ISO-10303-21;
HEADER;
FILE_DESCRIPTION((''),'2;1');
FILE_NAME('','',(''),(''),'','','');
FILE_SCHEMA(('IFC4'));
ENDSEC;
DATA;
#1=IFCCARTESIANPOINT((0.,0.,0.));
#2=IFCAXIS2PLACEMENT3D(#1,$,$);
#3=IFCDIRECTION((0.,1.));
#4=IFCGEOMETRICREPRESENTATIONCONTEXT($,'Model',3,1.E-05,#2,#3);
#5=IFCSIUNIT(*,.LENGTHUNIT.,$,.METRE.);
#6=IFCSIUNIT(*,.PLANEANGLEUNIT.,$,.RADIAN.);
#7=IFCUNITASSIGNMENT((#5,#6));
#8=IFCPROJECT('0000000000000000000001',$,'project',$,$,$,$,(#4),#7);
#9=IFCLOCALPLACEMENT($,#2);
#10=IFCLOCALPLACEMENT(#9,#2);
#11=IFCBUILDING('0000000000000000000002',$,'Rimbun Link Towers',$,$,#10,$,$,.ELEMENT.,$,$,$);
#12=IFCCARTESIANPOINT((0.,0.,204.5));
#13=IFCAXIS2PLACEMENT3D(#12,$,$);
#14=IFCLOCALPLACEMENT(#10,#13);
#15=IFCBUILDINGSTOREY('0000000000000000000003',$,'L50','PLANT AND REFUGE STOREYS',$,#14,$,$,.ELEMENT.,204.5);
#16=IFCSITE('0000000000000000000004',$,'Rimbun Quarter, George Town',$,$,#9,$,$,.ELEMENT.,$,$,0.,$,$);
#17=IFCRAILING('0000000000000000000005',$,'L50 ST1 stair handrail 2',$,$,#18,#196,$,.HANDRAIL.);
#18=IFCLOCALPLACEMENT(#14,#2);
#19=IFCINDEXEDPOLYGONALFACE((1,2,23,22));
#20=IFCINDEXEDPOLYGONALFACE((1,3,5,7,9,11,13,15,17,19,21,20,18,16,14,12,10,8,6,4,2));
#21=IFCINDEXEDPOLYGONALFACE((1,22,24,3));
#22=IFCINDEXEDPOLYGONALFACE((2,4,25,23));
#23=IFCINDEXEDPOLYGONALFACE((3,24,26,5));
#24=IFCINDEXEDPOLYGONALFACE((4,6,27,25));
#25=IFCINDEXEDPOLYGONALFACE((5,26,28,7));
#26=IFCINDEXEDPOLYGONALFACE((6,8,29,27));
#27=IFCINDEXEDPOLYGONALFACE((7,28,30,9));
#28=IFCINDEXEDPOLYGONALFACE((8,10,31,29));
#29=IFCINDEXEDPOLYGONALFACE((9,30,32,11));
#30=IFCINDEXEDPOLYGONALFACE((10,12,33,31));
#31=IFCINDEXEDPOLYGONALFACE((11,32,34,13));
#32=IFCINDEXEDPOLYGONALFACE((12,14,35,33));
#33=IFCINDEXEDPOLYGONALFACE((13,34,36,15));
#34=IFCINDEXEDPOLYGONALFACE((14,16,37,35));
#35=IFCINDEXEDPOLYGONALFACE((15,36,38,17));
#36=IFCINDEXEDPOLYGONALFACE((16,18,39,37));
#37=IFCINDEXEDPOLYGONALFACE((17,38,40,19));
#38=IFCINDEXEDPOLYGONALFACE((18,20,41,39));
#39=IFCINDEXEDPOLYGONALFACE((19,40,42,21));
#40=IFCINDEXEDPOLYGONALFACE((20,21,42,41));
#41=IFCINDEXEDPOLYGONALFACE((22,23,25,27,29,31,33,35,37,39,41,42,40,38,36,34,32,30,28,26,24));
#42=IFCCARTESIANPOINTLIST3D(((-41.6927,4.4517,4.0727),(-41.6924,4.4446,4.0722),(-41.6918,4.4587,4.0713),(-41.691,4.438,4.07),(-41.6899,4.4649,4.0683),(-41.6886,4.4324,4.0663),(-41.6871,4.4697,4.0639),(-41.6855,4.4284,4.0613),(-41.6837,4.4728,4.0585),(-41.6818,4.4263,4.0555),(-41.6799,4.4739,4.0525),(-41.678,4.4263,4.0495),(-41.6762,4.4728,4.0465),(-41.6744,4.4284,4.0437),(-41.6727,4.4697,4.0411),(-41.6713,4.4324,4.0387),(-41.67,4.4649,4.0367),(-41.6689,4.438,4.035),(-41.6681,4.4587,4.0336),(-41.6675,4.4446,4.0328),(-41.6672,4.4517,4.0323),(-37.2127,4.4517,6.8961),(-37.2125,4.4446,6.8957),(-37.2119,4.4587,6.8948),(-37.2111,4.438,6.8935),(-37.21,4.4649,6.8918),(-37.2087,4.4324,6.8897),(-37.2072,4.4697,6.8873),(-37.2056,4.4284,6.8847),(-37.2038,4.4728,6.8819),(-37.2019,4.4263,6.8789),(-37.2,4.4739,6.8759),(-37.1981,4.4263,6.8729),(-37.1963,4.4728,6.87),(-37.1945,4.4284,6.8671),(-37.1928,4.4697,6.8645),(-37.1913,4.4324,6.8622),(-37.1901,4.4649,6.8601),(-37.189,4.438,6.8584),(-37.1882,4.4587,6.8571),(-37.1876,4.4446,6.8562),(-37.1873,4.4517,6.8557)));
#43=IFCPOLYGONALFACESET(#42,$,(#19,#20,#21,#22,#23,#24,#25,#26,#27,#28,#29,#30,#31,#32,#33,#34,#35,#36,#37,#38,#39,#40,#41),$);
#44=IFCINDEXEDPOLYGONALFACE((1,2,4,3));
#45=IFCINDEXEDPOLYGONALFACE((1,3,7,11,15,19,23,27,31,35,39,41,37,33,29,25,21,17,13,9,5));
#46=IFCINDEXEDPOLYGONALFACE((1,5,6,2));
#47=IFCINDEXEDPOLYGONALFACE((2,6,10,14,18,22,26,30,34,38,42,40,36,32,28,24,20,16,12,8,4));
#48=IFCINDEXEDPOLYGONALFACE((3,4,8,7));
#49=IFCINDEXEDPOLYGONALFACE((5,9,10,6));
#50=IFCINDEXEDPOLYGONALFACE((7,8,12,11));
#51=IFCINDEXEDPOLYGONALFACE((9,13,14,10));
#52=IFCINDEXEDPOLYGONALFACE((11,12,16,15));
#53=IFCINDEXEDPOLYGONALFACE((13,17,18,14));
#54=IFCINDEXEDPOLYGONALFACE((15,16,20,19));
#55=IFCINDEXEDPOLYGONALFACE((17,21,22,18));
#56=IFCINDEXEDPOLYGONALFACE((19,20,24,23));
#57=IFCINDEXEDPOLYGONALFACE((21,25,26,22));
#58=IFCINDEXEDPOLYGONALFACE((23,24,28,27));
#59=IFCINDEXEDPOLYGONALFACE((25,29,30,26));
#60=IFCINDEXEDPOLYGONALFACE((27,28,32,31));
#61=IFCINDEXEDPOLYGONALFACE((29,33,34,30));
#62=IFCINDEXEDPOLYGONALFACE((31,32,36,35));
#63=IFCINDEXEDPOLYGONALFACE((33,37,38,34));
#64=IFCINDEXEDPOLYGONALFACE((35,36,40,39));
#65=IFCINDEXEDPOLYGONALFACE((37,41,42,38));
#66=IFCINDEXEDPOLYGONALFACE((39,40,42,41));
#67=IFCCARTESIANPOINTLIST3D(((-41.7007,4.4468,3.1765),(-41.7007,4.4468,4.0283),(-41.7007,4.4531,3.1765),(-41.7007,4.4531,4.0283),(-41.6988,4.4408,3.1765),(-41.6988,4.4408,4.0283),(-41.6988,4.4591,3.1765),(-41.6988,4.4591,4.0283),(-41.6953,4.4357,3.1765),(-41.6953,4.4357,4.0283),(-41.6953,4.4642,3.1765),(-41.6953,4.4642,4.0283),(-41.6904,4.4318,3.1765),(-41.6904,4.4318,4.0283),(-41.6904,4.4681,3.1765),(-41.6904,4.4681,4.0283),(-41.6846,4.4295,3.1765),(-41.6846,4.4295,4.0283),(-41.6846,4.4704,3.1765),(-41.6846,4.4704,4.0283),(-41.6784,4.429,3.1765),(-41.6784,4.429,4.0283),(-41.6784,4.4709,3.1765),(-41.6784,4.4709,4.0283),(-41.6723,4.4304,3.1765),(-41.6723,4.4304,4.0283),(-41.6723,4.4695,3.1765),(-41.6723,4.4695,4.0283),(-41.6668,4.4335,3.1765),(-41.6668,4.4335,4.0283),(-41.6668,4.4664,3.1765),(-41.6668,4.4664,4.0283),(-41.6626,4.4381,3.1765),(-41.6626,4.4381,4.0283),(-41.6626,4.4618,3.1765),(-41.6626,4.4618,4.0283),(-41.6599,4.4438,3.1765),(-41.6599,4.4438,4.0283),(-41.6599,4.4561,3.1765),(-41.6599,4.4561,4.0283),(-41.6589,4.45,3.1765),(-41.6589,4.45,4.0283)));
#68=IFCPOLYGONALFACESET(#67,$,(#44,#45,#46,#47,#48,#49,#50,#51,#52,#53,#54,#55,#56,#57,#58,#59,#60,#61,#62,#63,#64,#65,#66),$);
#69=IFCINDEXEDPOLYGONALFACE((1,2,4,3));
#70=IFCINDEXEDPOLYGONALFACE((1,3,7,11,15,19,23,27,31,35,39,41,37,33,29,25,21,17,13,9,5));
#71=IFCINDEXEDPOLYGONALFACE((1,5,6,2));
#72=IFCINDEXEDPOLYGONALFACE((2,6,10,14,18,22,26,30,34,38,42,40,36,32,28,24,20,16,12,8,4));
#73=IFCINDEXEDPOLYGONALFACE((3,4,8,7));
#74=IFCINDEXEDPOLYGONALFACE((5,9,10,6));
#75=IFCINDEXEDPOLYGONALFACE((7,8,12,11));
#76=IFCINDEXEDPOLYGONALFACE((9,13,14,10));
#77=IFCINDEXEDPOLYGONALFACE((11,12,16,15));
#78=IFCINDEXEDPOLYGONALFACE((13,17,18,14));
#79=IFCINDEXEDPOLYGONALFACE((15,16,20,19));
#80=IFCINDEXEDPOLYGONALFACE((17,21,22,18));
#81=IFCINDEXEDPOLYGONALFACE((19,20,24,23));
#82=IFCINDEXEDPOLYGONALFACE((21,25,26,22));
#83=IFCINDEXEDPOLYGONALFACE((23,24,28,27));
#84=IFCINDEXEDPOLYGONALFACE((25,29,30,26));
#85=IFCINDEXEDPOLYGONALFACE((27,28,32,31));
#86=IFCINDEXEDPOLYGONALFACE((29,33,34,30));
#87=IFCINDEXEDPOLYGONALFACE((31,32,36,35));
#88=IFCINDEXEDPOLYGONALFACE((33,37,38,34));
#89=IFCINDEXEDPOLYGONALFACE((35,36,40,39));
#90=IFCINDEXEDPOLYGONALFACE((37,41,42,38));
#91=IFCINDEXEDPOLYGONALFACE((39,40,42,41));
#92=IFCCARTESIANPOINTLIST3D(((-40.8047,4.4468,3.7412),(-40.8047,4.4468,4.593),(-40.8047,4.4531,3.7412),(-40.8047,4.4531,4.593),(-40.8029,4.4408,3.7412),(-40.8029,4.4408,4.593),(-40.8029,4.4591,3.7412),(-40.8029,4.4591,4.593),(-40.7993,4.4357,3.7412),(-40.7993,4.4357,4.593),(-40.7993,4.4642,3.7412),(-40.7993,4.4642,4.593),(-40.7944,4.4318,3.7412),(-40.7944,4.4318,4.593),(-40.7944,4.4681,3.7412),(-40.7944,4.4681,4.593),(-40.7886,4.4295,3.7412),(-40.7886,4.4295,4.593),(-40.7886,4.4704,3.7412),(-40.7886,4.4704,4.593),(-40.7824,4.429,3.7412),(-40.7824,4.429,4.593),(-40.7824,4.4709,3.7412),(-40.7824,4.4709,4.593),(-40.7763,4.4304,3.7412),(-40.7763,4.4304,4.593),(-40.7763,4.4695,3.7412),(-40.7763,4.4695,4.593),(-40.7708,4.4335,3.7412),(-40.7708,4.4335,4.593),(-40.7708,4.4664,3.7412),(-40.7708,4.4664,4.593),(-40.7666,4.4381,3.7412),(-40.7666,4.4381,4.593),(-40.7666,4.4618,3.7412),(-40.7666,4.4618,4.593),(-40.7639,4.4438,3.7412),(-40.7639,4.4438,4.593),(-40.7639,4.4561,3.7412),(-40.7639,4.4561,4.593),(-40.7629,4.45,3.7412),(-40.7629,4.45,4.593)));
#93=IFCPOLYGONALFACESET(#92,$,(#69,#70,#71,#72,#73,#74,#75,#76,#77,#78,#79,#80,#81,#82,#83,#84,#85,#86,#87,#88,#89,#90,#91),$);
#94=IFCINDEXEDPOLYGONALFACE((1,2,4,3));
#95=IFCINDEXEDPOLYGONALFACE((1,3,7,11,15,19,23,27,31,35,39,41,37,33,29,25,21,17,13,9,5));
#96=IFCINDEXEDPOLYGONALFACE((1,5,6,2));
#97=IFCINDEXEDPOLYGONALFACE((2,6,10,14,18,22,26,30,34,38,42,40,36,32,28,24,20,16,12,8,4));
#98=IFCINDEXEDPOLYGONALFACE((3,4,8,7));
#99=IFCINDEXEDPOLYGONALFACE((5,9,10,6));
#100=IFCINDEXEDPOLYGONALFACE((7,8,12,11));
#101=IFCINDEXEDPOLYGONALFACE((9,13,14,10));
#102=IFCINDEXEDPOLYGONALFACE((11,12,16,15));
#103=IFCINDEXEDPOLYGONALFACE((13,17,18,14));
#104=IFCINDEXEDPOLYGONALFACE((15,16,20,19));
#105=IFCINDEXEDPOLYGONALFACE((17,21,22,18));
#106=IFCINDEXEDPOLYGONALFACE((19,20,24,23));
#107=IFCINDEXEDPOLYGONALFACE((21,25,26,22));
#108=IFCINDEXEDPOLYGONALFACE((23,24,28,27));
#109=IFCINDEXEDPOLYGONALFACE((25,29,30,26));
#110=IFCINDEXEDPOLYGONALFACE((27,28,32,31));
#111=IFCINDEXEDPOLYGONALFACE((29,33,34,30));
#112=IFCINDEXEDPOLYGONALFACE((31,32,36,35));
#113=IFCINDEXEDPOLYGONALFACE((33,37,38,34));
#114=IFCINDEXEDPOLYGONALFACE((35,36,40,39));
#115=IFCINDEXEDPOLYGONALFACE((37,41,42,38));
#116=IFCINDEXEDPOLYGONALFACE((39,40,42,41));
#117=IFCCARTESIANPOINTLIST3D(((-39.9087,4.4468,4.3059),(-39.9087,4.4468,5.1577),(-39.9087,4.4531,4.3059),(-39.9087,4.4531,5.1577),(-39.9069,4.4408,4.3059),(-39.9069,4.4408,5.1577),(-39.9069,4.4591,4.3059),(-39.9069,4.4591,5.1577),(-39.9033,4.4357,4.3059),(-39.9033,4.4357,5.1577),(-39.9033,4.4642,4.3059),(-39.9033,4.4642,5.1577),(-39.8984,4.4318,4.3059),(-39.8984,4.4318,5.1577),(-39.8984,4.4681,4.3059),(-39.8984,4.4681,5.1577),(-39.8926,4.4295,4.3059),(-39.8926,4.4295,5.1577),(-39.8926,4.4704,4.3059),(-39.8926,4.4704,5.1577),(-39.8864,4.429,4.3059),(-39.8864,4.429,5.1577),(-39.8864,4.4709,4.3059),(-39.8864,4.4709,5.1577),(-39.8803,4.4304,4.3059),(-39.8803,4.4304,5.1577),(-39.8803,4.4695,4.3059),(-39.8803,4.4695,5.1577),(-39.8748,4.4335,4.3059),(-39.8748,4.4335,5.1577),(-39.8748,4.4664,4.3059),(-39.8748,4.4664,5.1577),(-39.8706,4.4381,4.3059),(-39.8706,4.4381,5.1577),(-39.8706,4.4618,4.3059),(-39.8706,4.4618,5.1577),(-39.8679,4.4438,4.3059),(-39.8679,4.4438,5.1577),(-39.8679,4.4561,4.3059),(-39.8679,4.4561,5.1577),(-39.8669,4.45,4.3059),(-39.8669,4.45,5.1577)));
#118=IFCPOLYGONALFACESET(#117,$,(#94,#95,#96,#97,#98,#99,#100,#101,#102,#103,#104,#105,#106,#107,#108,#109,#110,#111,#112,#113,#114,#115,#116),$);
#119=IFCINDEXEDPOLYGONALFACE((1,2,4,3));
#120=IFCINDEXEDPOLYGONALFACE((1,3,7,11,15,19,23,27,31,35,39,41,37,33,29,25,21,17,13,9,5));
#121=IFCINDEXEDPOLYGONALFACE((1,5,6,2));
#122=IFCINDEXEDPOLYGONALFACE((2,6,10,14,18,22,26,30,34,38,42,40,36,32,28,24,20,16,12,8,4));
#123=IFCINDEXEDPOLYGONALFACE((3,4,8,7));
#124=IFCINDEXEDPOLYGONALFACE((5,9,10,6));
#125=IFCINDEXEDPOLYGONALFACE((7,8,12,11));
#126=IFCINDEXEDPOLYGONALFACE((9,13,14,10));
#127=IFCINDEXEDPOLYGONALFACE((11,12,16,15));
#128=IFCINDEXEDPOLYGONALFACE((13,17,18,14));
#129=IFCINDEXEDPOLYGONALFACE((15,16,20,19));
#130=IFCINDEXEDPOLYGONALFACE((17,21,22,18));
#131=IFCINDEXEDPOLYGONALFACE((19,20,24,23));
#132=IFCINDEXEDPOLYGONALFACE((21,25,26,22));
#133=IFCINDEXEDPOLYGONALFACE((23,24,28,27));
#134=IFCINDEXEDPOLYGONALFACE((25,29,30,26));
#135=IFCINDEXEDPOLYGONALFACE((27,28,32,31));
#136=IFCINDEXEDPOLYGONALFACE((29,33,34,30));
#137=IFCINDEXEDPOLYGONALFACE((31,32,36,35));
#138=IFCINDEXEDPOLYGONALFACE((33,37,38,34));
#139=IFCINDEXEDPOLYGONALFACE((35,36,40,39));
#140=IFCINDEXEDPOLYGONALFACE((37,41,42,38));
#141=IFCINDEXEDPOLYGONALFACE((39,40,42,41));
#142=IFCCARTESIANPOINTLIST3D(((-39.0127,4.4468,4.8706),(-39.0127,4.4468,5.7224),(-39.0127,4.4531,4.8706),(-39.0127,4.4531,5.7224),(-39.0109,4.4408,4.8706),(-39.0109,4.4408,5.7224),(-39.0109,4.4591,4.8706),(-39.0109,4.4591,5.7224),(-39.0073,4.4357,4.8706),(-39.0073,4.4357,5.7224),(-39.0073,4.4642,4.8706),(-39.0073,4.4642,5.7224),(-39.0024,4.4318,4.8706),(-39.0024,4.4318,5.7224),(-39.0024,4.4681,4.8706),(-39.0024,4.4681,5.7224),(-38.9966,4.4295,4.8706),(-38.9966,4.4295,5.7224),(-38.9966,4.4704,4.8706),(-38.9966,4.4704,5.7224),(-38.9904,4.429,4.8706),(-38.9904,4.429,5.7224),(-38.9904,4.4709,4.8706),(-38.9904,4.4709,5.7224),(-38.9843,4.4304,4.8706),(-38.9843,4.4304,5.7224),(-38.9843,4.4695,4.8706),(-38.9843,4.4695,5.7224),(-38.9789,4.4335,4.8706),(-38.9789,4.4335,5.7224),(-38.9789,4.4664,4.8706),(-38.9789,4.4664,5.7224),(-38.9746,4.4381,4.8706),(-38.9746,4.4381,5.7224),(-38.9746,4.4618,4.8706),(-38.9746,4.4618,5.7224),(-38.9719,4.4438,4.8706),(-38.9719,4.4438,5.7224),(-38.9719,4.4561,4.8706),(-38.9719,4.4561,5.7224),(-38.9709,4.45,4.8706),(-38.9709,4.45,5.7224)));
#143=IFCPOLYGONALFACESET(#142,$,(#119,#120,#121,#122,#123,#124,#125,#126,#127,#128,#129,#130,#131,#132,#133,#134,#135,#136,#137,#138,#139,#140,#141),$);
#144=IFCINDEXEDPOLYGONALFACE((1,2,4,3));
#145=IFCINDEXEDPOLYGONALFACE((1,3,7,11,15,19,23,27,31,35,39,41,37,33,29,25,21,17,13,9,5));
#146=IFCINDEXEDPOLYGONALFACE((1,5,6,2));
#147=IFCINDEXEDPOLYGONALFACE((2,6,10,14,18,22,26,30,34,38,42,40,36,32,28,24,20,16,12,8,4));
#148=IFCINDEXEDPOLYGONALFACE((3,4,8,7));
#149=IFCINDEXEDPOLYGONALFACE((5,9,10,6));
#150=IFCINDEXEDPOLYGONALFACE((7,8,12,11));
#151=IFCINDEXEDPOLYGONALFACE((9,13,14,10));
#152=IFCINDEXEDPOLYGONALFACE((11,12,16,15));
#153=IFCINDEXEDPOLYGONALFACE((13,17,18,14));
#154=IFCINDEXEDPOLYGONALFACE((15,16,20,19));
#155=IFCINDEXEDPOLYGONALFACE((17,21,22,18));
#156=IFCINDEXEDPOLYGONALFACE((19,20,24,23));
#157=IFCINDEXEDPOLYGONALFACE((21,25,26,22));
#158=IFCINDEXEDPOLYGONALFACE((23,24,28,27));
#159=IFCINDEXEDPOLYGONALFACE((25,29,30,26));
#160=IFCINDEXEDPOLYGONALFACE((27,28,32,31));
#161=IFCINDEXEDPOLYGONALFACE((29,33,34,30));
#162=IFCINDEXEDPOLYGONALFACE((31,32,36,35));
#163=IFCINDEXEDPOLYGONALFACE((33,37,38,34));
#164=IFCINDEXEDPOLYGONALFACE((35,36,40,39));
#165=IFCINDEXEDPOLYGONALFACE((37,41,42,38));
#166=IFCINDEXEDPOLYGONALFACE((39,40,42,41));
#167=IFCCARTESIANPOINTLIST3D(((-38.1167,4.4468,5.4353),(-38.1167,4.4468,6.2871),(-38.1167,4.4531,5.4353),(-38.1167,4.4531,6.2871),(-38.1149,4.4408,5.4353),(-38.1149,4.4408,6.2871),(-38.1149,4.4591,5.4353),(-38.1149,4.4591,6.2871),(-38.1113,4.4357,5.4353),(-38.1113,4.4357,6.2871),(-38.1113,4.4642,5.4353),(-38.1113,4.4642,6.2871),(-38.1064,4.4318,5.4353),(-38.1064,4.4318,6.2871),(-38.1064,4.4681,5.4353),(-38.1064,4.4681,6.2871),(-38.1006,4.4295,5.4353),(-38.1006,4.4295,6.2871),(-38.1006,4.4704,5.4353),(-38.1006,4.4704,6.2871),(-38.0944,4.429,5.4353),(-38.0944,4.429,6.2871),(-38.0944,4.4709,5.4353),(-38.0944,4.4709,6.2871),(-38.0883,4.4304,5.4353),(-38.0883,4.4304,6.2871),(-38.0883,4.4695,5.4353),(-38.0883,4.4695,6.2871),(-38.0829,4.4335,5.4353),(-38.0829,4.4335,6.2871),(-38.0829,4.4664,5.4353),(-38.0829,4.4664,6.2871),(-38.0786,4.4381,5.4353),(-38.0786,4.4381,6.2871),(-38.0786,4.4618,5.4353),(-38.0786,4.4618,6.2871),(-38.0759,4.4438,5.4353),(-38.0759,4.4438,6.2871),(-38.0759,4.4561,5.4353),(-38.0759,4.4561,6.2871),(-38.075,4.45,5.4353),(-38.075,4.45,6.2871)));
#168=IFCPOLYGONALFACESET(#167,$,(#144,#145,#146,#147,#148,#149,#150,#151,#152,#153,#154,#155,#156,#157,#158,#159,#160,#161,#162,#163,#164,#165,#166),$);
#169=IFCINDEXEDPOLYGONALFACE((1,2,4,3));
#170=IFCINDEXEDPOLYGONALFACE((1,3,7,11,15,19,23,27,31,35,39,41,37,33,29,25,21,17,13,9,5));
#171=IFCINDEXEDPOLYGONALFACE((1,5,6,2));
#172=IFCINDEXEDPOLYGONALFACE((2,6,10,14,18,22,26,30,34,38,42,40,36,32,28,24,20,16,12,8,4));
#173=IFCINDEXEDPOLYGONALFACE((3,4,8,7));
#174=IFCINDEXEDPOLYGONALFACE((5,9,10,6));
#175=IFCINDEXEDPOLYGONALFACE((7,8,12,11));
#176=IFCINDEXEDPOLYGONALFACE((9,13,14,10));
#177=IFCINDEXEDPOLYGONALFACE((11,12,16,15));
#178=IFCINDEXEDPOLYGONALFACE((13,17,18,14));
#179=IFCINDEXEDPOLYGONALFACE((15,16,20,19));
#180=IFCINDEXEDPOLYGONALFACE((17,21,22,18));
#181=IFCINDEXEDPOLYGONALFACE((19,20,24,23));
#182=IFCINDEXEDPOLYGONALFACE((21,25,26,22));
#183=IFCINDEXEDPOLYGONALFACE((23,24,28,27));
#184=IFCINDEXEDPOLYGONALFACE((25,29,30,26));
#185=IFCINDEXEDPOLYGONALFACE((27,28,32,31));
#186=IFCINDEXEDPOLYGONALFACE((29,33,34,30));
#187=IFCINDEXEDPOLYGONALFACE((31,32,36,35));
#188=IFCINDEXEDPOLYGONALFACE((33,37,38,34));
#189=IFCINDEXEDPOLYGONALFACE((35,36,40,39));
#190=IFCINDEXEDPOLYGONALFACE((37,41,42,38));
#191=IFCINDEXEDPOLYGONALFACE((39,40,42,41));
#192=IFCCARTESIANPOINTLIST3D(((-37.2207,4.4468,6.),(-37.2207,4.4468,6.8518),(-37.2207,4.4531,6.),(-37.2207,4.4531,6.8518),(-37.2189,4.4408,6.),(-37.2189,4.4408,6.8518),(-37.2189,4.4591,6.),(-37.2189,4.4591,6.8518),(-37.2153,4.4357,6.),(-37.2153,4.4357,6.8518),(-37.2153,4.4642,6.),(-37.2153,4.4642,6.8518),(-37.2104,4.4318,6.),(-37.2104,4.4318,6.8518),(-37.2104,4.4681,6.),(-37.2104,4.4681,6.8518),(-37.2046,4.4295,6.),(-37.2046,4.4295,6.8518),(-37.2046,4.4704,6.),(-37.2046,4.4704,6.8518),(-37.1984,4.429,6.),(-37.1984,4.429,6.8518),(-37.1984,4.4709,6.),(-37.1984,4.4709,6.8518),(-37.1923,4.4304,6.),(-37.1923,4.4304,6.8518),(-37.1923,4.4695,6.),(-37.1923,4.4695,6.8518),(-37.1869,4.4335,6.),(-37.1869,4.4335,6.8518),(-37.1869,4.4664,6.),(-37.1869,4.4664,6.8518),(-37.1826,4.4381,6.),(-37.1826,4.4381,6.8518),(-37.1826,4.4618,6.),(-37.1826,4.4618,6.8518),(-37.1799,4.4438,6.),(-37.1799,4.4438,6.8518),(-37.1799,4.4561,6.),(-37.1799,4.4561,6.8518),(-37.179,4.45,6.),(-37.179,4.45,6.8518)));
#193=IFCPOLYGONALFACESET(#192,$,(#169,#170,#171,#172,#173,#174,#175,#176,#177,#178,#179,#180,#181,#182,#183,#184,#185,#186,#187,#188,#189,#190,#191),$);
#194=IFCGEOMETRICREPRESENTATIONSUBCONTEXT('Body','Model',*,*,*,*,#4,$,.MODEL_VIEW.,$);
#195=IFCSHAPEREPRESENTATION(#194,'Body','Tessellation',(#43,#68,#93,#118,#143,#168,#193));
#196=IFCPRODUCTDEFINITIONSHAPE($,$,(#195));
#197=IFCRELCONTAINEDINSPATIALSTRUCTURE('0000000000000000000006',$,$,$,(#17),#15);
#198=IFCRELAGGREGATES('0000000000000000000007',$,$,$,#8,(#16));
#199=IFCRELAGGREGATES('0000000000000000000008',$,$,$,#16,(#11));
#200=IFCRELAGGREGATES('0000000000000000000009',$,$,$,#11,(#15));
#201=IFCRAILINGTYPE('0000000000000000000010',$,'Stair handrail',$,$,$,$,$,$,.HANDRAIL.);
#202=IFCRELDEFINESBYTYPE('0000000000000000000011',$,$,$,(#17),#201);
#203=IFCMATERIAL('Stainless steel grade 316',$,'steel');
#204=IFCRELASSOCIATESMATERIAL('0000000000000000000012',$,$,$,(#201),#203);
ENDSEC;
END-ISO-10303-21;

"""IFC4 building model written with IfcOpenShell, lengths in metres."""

from ifc_helpers import new_model, si_unit, direction, frame, origin, origin_2d, place, context, subcontext, project, spatial, circle, extrude, material, type_object, element, save


model = new_model("IFC4")

# Units and contexts
model_context = context("Model", 3, precision=1e-05, world=origin(), true_north=direction((0.0, 1.0)))
body_context = subcontext(model_context, "Body", "Model", "MODEL_VIEW")
ifc_project = project(units=[si_unit("LENGTHUNIT", "METRE"), si_unit("PLANEANGLEUNIT", "RADIAN")], contexts=[model_context])

# Site, building, storey
site_placement = place(None, origin())
site = spatial("IfcSite", under=ifc_project, at=site_placement, Name="Rimbun Quarter, George Town", CompositionType="ELEMENT", RefElevation=0.0)
building_placement = place(site_placement, origin())
building = spatial("IfcBuilding", under=site, at=building_placement, Name="Rimbun Link Towers", CompositionType="ELEMENT")
storey_placement = place(building_placement, frame((0.0, 0.0, 204.5)))
storey = spatial("IfcBuildingStorey", under=building, at=storey_placement, Name="L50", Description="PLANT AND REFUGE STOREYS", CompositionType="ELEMENT", Elevation=204.5)

# Railing
ifc_material_1 = material(Name="Stainless steel grade 316", Category="steel")
railing_type_1 = type_object("IfcRailingType", Name="Stair handrail", PredefinedType="HANDRAIL", material=ifc_material_1)
railing_1_placement = place(storey_placement, frame((-41.6799, 4.45, 3.1765)))
element("IfcRailing", 1, at=railing_1_placement, inside=storey, type_object=railing_type_1, Name="L50 ST1 stair handrail 2", PredefinedType="HANDRAIL", context=body_context, shape_type="SweptSolid", body=[
    extrude(circle(Radius=0.0239, at=origin_2d()), frame((0.0, 0.0, 0.876), z_axis=(0.845998, 0.0, 0.533186), x_axis=(0.0, 1.0, 0.0)), (0.0, 0.0, 1.0), 5.2954),
    extrude(circle(Radius=0.021, at=origin_2d()), origin(), (0.0, 0.0, 1.0), 0.8518),
    extrude(circle(Radius=0.021, at=origin_2d()), frame((0.896, 0.0, 0.5647)), (0.0, 0.0, 1.0), 0.8518),
    extrude(circle(Radius=0.021, at=origin_2d()), frame((1.792, 0.0, 1.1294)), (0.0, 0.0, 1.0), 0.8518),
    extrude(circle(Radius=0.021, at=origin_2d()), frame((2.688, 0.0, 1.6941)), (0.0, 0.0, 1.0), 0.8518),
    extrude(circle(Radius=0.021, at=origin_2d()), frame((3.584, 0.0, 2.2588)), (0.0, 0.0, 1.0), 0.8518),
    extrude(circle(Radius=0.021, at=origin_2d()), frame((4.48, 0.0, 2.8235)), (0.0, 0.0, 1.0), 0.8518),
])

save(model, "model.ifc")
